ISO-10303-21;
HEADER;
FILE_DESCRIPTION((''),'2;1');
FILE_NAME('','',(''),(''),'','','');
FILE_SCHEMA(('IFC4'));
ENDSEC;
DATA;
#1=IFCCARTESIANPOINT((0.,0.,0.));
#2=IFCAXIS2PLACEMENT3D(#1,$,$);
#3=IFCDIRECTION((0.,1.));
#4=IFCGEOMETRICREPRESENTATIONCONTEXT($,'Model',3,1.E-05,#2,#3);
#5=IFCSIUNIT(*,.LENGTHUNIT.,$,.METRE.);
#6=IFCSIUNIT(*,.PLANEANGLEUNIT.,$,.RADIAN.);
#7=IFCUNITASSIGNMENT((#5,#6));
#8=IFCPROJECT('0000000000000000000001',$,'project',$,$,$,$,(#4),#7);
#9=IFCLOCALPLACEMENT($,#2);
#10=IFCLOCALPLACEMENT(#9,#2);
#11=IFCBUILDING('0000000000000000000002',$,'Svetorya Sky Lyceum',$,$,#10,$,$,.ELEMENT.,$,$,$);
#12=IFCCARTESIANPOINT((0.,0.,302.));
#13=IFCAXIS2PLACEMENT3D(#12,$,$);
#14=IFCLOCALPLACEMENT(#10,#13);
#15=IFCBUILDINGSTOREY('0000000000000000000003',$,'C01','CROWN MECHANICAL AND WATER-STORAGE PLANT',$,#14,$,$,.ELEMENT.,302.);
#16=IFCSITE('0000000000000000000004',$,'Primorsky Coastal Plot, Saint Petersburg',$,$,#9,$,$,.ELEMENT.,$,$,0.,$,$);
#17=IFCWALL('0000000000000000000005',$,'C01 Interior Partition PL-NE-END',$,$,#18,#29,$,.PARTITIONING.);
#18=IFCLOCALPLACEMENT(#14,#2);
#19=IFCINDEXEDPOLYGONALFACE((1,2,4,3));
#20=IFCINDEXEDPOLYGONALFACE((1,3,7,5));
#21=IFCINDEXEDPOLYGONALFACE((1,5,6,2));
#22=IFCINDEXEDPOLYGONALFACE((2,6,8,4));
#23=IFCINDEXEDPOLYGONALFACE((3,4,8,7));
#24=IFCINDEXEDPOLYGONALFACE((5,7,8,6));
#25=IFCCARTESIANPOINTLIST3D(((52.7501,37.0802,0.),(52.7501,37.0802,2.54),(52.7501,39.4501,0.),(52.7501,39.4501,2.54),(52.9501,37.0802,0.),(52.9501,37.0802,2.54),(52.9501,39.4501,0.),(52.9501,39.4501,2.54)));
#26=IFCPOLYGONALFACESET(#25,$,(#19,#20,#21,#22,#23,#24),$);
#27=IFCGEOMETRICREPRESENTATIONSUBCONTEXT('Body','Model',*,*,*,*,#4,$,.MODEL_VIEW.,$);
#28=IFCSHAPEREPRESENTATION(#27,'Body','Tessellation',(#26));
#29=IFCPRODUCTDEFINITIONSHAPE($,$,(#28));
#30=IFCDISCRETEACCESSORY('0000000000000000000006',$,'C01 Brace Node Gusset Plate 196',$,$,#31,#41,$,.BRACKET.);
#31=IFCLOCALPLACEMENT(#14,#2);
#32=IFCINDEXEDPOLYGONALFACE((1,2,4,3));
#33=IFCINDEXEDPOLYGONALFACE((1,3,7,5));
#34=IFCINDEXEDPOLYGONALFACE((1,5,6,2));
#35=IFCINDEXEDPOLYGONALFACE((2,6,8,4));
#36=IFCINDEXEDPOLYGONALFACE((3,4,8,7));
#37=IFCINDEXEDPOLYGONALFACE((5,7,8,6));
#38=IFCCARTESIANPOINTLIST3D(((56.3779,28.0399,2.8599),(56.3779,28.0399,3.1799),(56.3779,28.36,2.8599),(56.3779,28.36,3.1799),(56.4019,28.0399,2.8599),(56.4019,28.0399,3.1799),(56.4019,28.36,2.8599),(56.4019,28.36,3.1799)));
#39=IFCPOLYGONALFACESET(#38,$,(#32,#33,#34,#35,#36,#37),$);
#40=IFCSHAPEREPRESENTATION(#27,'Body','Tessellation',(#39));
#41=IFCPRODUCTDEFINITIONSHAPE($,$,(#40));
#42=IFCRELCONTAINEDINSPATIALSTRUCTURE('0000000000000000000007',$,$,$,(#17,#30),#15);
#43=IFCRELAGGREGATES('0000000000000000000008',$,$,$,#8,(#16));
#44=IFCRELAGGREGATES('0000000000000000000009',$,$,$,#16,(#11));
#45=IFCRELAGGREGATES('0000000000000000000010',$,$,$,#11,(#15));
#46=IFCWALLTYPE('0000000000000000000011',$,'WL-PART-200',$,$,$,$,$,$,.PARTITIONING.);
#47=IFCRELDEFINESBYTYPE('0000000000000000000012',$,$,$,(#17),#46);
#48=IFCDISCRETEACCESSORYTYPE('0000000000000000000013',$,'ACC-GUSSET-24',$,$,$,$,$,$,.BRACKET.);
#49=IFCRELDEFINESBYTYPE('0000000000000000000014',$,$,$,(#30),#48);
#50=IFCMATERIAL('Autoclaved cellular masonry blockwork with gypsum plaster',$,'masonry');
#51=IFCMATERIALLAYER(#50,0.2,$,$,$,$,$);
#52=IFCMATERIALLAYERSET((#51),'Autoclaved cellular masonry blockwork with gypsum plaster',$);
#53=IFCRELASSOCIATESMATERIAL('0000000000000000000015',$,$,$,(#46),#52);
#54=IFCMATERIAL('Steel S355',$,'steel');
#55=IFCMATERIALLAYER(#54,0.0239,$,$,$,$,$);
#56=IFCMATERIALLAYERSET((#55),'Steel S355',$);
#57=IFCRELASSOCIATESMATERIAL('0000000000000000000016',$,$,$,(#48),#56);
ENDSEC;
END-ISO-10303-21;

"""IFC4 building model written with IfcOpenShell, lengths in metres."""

from ifc_helpers import new_model, si_unit, direction, frame, frame_2d, origin, origin_2d, place, context, subcontext, project, spatial, rectangle, extrude, material, layer, layer_set, type_object, element, save


model = new_model("IFC4")

# Units and contexts
model_context = context("Model", 3, precision=1e-05, world=origin(), true_north=direction((0.0, 1.0)))
body_context = subcontext(model_context, "Body", "Model", "MODEL_VIEW")
ifc_project = project(units=[si_unit("LENGTHUNIT", "METRE"), si_unit("PLANEANGLEUNIT", "RADIAN")], contexts=[model_context])

# Site, building, storey
site_placement = place(None, origin())
site = spatial("IfcSite", under=ifc_project, at=site_placement, Name="Primorsky Coastal Plot, Saint Petersburg", CompositionType="ELEMENT", RefElevation=0.0)
building_placement = place(site_placement, origin())
building = spatial("IfcBuilding", under=site, at=building_placement, Name="Svetorya Sky Lyceum", CompositionType="ELEMENT")
storey_placement = place(building_placement, frame((0.0, 0.0, 302.0)))
storey = spatial("IfcBuildingStorey", under=building, at=storey_placement, Name="C01", Description="CROWN MECHANICAL AND WATER-STORAGE PLANT", CompositionType="ELEMENT", Elevation=302.0)

# Shared definitions
ifc_material_1 = material(Name="Steel S355", Category="steel")

# Shared definitions
ifc_material_2 = material(Name="Autoclaved cellular masonry blockwork with gypsum plaster", Category="masonry")
ifc_layer_1 = layer(ifc_material_2, 0.2)
ifc_layer_set_1 = layer_set([ifc_layer_1], Name="Autoclaved cellular masonry blockwork with gypsum plaster")
wall_type_1 = type_object("IfcWallType", Name="WL-PART-200", PredefinedType="PARTITIONING", material=ifc_layer_set_1)

# Wall
wall_1_placement = place(storey_placement, frame((52.8501, 37.0801, 0.0), z_axis=(0.0, 0.0, 1.0), x_axis=(0.0, 1.0, 0.0)))
element("IfcWall", 1, at=wall_1_placement, inside=storey, type_object=wall_type_1, Name="C01 Interior Partition PL-NE-END", PredefinedType="PARTITIONING", context=body_context, shape_type="SweptSolid", body=[
    extrude(rectangle(XDim=2.3699, YDim=0.2, at=frame_2d((1.1851, 0.0))), origin(), (0.0, 0.0, 1.0), 2.54),
])

# Discrete accessory
ifc_layer_2 = layer(ifc_material_1, 0.0239)
ifc_layer_set_2 = layer_set([ifc_layer_2], Name="Steel S355")
discrete_accessory_type = type_object("IfcDiscreteAccessoryType", Name="ACC-GUSSET-24", PredefinedType="BRACKET", material=ifc_layer_set_2)
discrete_accessory_placement = place(storey_placement, frame((56.3899, 28.2, 2.8599), z_axis=(0.0, 0.0, 1.0), x_axis=(1.0, 0.0, 0.0)))
element("IfcDiscreteAccessory", 2, at=discrete_accessory_placement, inside=storey, type_object=discrete_accessory_type, Name="C01 Brace Node Gusset Plate 196", PredefinedType="BRACKET", context=body_context, shape_type="SweptSolid", body=[
    extrude(rectangle(XDim=0.0239, YDim=0.3201, at=origin_2d()), origin(), (0.0, 0.0, 1.0), 0.3201),
])

save(model, "model.ifc")
